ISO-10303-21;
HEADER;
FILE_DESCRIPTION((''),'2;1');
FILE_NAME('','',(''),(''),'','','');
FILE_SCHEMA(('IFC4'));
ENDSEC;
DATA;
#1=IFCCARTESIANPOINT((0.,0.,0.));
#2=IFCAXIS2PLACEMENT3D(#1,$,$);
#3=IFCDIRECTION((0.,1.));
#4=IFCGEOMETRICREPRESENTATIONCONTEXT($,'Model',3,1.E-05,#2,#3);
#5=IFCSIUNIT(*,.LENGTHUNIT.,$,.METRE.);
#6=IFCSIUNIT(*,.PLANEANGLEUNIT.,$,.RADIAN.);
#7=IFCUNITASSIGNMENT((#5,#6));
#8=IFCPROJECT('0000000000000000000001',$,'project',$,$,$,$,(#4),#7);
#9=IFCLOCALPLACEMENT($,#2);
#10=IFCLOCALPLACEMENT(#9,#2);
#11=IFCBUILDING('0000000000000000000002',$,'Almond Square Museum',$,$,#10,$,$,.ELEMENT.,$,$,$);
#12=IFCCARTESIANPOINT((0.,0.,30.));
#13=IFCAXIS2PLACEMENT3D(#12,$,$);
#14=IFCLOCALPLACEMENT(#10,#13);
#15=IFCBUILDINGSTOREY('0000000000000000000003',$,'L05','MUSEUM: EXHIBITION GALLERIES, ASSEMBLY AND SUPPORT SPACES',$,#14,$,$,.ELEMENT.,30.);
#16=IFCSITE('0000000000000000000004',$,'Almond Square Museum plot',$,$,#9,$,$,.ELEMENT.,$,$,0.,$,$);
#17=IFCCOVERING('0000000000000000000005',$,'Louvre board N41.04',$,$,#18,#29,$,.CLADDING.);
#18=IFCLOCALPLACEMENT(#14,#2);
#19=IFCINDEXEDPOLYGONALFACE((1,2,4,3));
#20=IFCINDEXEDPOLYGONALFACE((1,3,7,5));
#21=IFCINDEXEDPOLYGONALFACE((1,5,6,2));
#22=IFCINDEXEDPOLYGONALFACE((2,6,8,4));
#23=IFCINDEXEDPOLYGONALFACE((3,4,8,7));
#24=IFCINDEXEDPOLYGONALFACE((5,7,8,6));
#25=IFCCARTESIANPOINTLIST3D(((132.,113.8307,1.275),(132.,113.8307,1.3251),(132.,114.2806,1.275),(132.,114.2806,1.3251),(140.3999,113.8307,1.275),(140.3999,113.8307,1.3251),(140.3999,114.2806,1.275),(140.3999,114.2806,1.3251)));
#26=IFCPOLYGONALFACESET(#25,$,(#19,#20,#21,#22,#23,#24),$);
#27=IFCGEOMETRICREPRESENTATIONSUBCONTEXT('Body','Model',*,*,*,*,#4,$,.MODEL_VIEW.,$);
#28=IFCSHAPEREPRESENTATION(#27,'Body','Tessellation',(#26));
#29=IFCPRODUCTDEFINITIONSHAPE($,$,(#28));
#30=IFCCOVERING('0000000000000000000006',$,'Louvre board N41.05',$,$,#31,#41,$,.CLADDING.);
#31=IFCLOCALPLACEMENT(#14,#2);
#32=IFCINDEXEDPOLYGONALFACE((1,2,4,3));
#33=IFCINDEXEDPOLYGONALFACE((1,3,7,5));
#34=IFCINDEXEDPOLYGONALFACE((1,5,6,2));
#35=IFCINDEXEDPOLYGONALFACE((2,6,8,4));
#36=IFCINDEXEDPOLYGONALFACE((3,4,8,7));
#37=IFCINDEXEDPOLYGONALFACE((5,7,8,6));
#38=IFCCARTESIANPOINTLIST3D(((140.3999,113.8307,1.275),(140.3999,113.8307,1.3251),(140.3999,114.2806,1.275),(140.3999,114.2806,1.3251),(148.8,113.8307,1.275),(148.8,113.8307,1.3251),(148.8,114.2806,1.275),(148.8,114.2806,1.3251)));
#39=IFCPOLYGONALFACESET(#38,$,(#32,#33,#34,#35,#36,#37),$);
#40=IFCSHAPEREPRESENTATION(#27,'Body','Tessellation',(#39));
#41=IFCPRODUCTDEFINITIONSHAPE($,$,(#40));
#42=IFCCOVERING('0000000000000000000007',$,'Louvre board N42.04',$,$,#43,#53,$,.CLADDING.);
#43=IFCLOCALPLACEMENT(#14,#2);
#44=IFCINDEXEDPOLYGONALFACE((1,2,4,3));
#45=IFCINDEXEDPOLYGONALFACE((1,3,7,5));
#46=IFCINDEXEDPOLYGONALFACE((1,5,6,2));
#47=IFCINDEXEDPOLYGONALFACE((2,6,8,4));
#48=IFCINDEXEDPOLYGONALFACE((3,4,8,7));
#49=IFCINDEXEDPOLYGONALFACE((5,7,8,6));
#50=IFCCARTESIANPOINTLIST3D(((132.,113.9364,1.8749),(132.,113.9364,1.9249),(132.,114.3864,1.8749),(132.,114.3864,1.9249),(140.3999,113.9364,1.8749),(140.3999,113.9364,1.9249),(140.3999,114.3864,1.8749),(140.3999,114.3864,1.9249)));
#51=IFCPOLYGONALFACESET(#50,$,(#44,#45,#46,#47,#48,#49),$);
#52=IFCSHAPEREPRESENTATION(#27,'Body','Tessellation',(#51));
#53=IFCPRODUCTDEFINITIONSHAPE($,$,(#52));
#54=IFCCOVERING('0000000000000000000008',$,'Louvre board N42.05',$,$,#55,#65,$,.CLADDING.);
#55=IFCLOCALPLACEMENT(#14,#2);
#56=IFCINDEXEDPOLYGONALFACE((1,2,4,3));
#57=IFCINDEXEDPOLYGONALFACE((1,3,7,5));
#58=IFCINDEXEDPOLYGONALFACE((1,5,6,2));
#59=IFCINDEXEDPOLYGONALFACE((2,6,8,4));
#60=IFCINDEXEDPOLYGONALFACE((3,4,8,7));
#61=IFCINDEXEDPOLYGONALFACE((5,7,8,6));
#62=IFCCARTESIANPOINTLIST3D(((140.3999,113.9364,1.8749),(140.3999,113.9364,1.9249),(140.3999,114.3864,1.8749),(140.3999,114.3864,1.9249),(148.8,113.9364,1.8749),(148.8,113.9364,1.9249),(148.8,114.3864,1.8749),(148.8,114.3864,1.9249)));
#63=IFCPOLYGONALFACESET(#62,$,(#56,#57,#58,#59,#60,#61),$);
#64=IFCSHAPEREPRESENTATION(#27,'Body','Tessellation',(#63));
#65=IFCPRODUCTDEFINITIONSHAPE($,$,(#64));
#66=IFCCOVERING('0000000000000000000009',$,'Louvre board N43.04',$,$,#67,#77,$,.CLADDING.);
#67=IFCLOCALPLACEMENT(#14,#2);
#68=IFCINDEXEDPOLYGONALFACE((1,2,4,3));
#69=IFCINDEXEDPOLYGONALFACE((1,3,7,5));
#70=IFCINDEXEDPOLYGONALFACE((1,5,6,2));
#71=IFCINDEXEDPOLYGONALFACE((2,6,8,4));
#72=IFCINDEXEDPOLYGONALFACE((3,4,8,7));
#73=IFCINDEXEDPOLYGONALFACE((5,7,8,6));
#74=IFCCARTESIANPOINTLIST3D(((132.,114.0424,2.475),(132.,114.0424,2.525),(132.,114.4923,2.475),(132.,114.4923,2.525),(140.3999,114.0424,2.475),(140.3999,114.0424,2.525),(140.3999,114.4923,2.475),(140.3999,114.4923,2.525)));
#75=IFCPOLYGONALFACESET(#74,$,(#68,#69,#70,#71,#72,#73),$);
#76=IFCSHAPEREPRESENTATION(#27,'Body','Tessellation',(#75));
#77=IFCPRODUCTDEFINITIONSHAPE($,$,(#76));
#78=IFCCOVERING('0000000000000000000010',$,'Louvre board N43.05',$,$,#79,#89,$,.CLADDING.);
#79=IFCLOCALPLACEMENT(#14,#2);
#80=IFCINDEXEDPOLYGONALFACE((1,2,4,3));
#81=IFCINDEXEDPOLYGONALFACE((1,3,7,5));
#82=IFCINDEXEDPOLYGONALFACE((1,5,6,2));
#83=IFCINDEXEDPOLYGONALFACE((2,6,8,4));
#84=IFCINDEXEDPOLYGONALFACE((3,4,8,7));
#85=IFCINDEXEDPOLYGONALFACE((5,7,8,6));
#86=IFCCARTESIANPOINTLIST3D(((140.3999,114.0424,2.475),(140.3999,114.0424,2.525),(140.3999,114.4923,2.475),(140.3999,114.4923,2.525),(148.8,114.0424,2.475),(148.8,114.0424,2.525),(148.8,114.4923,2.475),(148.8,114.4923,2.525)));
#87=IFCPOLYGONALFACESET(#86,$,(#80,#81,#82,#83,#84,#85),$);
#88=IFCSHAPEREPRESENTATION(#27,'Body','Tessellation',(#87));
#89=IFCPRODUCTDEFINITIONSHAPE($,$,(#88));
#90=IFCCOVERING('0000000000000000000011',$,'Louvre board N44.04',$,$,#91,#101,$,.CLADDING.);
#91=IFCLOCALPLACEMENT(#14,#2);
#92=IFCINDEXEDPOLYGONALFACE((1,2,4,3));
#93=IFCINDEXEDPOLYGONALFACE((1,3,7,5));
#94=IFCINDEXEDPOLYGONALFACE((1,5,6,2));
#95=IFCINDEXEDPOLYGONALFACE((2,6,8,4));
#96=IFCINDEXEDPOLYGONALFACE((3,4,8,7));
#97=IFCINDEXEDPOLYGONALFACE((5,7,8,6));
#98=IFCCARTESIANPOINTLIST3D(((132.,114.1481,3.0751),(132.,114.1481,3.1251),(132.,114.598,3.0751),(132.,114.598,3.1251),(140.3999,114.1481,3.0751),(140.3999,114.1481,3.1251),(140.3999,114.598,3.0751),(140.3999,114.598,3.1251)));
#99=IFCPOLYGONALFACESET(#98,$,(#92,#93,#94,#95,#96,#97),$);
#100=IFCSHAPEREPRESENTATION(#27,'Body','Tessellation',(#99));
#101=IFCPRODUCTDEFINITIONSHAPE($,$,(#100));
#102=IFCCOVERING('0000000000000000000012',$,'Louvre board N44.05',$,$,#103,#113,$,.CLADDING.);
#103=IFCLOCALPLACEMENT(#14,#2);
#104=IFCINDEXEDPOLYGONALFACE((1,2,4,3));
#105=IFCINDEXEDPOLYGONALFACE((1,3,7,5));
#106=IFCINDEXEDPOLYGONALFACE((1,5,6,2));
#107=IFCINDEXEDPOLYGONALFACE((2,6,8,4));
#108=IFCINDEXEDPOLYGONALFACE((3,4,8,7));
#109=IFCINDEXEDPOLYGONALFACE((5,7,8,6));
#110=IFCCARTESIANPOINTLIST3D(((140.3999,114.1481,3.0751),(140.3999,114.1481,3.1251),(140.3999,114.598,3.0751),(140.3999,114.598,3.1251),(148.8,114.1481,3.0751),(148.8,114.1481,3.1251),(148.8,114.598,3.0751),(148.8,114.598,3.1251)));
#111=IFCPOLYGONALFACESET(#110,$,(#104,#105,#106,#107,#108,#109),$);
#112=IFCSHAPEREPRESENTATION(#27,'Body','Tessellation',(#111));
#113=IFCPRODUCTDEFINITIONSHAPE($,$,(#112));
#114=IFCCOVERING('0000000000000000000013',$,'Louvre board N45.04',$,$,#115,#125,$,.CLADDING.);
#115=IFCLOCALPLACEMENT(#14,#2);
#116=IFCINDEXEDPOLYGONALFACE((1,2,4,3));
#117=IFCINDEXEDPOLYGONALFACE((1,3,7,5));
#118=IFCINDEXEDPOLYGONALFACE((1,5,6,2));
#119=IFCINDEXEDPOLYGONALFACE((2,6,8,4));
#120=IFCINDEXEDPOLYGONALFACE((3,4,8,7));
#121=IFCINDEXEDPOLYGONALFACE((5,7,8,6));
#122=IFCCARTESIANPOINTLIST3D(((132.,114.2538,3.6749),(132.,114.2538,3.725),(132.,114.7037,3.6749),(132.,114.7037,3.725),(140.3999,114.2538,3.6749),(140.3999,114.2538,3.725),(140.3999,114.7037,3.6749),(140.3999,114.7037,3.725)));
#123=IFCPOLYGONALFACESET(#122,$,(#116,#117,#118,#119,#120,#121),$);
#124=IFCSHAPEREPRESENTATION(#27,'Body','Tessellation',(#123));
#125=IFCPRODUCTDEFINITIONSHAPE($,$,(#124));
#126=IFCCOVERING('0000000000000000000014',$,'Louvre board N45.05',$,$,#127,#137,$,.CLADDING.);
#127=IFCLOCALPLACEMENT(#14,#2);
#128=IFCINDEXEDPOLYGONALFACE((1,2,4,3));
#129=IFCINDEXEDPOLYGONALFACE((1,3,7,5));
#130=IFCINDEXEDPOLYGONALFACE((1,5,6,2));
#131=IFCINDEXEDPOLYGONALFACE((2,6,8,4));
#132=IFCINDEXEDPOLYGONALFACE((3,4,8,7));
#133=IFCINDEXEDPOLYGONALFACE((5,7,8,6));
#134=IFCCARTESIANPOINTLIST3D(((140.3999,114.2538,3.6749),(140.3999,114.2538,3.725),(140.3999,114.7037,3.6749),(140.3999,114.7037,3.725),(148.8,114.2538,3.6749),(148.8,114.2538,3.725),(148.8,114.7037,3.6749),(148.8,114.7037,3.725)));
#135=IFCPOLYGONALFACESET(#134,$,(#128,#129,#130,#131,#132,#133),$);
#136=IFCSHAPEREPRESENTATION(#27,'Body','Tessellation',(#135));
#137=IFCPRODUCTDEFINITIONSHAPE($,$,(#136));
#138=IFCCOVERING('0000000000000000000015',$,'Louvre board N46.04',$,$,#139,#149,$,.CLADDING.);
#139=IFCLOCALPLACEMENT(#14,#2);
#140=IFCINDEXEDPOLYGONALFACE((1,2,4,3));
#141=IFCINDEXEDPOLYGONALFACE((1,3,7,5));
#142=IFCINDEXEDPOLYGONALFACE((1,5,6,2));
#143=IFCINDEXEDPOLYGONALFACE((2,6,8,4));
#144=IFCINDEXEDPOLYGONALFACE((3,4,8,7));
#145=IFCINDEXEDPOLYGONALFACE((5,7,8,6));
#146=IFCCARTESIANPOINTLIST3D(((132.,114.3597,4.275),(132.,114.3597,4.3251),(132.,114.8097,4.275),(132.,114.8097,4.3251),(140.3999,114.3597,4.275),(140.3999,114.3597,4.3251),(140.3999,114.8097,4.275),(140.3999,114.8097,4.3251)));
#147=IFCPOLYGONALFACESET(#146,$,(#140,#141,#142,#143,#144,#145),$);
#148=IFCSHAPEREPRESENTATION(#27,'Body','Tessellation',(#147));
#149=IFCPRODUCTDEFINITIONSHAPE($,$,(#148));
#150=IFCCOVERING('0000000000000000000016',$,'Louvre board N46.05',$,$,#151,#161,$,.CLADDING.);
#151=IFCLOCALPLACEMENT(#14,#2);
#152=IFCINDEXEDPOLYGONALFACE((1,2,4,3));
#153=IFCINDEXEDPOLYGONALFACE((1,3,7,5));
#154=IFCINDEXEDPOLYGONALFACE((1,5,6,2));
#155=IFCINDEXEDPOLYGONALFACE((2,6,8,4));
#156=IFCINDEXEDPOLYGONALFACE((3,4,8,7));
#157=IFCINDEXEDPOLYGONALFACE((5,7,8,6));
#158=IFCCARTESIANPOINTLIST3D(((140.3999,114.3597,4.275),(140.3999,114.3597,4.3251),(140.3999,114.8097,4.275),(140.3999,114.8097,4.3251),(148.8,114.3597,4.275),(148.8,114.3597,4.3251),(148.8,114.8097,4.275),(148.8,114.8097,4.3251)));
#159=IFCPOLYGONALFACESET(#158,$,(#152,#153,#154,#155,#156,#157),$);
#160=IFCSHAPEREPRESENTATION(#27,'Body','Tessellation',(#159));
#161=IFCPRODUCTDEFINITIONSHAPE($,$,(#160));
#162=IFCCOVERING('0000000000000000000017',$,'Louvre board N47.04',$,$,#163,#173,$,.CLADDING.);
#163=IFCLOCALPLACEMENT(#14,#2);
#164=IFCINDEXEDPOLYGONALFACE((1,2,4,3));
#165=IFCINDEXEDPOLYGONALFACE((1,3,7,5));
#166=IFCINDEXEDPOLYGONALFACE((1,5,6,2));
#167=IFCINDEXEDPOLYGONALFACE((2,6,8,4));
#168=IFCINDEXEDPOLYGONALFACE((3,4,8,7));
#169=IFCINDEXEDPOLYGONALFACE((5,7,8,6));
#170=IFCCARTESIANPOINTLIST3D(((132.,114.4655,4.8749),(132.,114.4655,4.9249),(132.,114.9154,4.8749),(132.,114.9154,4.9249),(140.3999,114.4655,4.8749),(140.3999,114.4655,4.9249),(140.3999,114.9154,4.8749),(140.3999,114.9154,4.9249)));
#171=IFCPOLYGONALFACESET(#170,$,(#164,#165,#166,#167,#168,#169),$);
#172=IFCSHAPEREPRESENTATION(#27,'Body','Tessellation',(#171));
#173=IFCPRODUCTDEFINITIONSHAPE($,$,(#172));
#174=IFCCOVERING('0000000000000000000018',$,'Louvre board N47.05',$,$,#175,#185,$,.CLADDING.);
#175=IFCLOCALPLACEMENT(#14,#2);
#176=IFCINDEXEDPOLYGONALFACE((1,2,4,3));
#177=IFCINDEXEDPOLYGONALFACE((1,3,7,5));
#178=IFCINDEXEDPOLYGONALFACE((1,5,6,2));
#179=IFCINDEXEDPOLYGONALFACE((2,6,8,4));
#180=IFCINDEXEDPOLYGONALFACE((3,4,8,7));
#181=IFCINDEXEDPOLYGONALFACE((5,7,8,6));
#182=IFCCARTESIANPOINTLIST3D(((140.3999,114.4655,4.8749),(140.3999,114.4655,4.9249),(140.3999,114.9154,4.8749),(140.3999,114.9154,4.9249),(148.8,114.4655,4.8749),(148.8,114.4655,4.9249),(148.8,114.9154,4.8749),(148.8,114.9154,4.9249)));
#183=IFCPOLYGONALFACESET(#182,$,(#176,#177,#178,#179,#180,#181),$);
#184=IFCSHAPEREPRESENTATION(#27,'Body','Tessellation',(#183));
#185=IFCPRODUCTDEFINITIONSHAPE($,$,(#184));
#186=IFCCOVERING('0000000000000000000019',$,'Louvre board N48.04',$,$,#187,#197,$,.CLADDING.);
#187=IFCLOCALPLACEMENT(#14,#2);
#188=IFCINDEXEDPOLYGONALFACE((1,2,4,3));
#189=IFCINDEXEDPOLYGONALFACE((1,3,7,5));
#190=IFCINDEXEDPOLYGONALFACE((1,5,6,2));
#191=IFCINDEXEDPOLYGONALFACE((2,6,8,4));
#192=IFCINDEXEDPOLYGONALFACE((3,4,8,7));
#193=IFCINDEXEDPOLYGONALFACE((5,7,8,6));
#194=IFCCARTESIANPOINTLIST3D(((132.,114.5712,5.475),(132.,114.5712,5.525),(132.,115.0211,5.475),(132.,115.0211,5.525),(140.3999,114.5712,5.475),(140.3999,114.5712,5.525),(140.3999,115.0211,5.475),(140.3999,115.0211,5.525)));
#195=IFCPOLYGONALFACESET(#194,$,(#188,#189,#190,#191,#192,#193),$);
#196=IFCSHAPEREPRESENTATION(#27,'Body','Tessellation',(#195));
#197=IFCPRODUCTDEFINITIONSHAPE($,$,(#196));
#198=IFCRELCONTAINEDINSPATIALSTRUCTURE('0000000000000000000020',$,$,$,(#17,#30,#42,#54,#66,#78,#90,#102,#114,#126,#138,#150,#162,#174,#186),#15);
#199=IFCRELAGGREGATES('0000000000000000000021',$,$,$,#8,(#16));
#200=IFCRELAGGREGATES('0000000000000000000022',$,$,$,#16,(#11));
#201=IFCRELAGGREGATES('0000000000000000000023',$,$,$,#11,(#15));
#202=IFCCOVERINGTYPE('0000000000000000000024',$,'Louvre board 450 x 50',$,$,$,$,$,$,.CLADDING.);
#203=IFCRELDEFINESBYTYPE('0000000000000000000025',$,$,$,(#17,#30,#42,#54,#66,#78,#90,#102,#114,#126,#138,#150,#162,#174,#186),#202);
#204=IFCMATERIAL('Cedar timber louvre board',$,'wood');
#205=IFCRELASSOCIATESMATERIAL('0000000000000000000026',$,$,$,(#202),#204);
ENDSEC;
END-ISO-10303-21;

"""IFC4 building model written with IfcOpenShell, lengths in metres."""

from ifc_helpers import new_model, si_unit, direction, frame, origin, origin_2d, place, context, subcontext, project, spatial, rectangle, extrude, material, material_profile, profile_set, type_object, element, save


model = new_model("IFC4")

# Units and contexts
model_context = context("Model", 3, precision=1e-05, world=origin(), true_north=direction((0.0, 1.0)))
body_context = subcontext(model_context, "Body", "Model", "MODEL_VIEW")
ifc_project = project(units=[si_unit("LENGTHUNIT", "METRE"), si_unit("PLANEANGLEUNIT", "RADIAN")], contexts=[model_context])

# Site, building, storey
site_placement = place(None, origin())
site = spatial("IfcSite", under=ifc_project, at=site_placement, Name="Almond Square Museum plot", CompositionType="ELEMENT", RefElevation=0.0)
building_placement = place(site_placement, origin())
building = spatial("IfcBuilding", under=site, at=building_placement, Name="Almond Square Museum", CompositionType="ELEMENT")
storey_placement = place(building_placement, frame((0.0, 0.0, 30.0)))
storey = spatial("IfcBuildingStorey", under=building, at=storey_placement, Name="L05", Description="MUSEUM: EXHIBITION GALLERIES, ASSEMBLY AND SUPPORT SPACES", CompositionType="ELEMENT", Elevation=30.0)

# Coverings
ifc_material_1 = material(Name="Cedar timber louvre board", Category="wood")
ifc_material_profile_1 = material_profile(ifc_material_1, rectangle(XDim=0.45, YDim=0.05, at=origin_2d()))
ifc_profile_set_1 = profile_set([ifc_material_profile_1], Name="Cedar timber louvre board")
covering_type_1 = type_object("IfcCoveringType", Name="Louvre board 450 x 50", PredefinedType="CLADDING", material=ifc_profile_set_1)
covering_1_placement = place(storey_placement, frame((132.0, 114.0557, 1.3), z_axis=(1.0, 0.0, 0.0), x_axis=(0.0, 1.0, 0.0)))
element("IfcCovering", 1, at=covering_1_placement, inside=storey, type_object=covering_type_1, Name="Louvre board N41.04", PredefinedType="CLADDING", context=body_context, shape_type="SweptSolid", body=[
    extrude(rectangle(XDim=0.45, YDim=0.05, at=origin_2d()), origin(), (0.0, 0.0, 1.0), 8.3999),
])
covering_2_placement = place(storey_placement, frame((140.3999, 114.0557, 1.3), z_axis=(1.0, 0.0, 0.0), x_axis=(0.0, 1.0, 0.0)))
element("IfcCovering", 2, at=covering_2_placement, inside=storey, type_object=covering_type_1, Name="Louvre board N41.05", PredefinedType="CLADDING", context=body_context, shape_type="SweptSolid", body=[
    extrude(rectangle(XDim=0.45, YDim=0.05, at=origin_2d()), origin(), (0.0, 0.0, 1.0), 8.4001),
])
covering_3_placement = place(storey_placement, frame((132.0, 114.1614, 1.8999), z_axis=(1.0, 0.0, 0.0), x_axis=(0.0, 1.0, 0.0)))
element("IfcCovering", 3, at=covering_3_placement, inside=storey, type_object=covering_type_1, Name="Louvre board N42.04", PredefinedType="CLADDING", context=body_context, shape_type="SweptSolid", body=[
    extrude(rectangle(XDim=0.45, YDim=0.05, at=origin_2d()), origin(), (0.0, 0.0, 1.0), 8.3999),
])
covering_4_placement = place(storey_placement, frame((140.3999, 114.1614, 1.8999), z_axis=(1.0, 0.0, 0.0), x_axis=(0.0, 1.0, 0.0)))
element("IfcCovering", 4, at=covering_4_placement, inside=storey, type_object=covering_type_1, Name="Louvre board N42.05", PredefinedType="CLADDING", context=body_context, shape_type="SweptSolid", body=[
    extrude(rectangle(XDim=0.45, YDim=0.05, at=origin_2d()), origin(), (0.0, 0.0, 1.0), 8.4001),
])
covering_5_placement = place(storey_placement, frame((132.0, 114.2673, 2.5), z_axis=(1.0, 0.0, 0.0), x_axis=(0.0, 1.0, 0.0)))
element("IfcCovering", 5, at=covering_5_placement, inside=storey, type_object=covering_type_1, Name="Louvre board N43.04", PredefinedType="CLADDING", context=body_context, shape_type="SweptSolid", body=[
    extrude(rectangle(XDim=0.45, YDim=0.05, at=origin_2d()), origin(), (0.0, 0.0, 1.0), 8.3999),
])
covering_6_placement = place(storey_placement, frame((140.3999, 114.2673, 2.5), z_axis=(1.0, 0.0, 0.0), x_axis=(0.0, 1.0, 0.0)))
element("IfcCovering", 6, at=covering_6_placement, inside=storey, type_object=covering_type_1, Name="Louvre board N43.05", PredefinedType="CLADDING", context=body_context, shape_type="SweptSolid", body=[
    extrude(rectangle(XDim=0.45, YDim=0.05, at=origin_2d()), origin(), (0.0, 0.0, 1.0), 8.4001),
])
covering_7_placement = place(storey_placement, frame((132.0, 114.373, 3.1001), z_axis=(1.0, 0.0, 0.0), x_axis=(0.0, 1.0, 0.0)))
element("IfcCovering", 7, at=covering_7_placement, inside=storey, type_object=covering_type_1, Name="Louvre board N44.04", PredefinedType="CLADDING", context=body_context, shape_type="SweptSolid", body=[
    extrude(rectangle(XDim=0.45, YDim=0.05, at=origin_2d()), origin(), (0.0, 0.0, 1.0), 8.3999),
])
covering_8_placement = place(storey_placement, frame((140.3999, 114.373, 3.1001), z_axis=(1.0, 0.0, 0.0), x_axis=(0.0, 1.0, 0.0)))
element("IfcCovering", 8, at=covering_8_placement, inside=storey, type_object=covering_type_1, Name="Louvre board N44.05", PredefinedType="CLADDING", context=body_context, shape_type="SweptSolid", body=[
    extrude(rectangle(XDim=0.45, YDim=0.05, at=origin_2d()), origin(), (0.0, 0.0, 1.0), 8.4001),
])
covering_9_placement = place(storey_placement, frame((132.0, 114.4788, 3.7), z_axis=(1.0, 0.0, 0.0), x_axis=(0.0, 1.0, 0.0)))
element("IfcCovering", 9, at=covering_9_placement, inside=storey, type_object=covering_type_1, Name="Louvre board N45.04", PredefinedType="CLADDING", context=body_context, shape_type="SweptSolid", body=[
    extrude(rectangle(XDim=0.45, YDim=0.05, at=origin_2d()), origin(), (0.0, 0.0, 1.0), 8.3999),
])
covering_10_placement = place(storey_placement, frame((140.3999, 114.4788, 3.7), z_axis=(1.0, 0.0, 0.0), x_axis=(0.0, 1.0, 0.0)))
element("IfcCovering", 10, at=covering_10_placement, inside=storey, type_object=covering_type_1, Name="Louvre board N45.05", PredefinedType="CLADDING", context=body_context, shape_type="SweptSolid", body=[
    extrude(rectangle(XDim=0.45, YDim=0.05, at=origin_2d()), origin(), (0.0, 0.0, 1.0), 8.4001),
])
covering_11_placement = place(storey_placement, frame((132.0, 114.5847, 4.3), z_axis=(1.0, 0.0, 0.0), x_axis=(0.0, 1.0, 0.0)))
element("IfcCovering", 11, at=covering_11_placement, inside=storey, type_object=covering_type_1, Name="Louvre board N46.04", PredefinedType="CLADDING", context=body_context, shape_type="SweptSolid", body=[
    extrude(rectangle(XDim=0.45, YDim=0.05, at=origin_2d()), origin(), (0.0, 0.0, 1.0), 8.3999),
])
covering_12_placement = place(storey_placement, frame((140.3999, 114.5847, 4.3), z_axis=(1.0, 0.0, 0.0), x_axis=(0.0, 1.0, 0.0)))
element("IfcCovering", 12, at=covering_12_placement, inside=storey, type_object=covering_type_1, Name="Louvre board N46.05", PredefinedType="CLADDING", context=body_context, shape_type="SweptSolid", body=[
    extrude(rectangle(XDim=0.45, YDim=0.05, at=origin_2d()), origin(), (0.0, 0.0, 1.0), 8.4001),
])
covering_13_placement = place(storey_placement, frame((132.0, 114.6904, 4.8999), z_axis=(1.0, 0.0, 0.0), x_axis=(0.0, 1.0, 0.0)))
element("IfcCovering", 13, at=covering_13_placement, inside=storey, type_object=covering_type_1, Name="Louvre board N47.04", PredefinedType="CLADDING", context=body_context, shape_type="SweptSolid", body=[
    extrude(rectangle(XDim=0.45, YDim=0.05, at=origin_2d()), origin(), (0.0, 0.0, 1.0), 8.3999),
])
covering_14_placement = place(storey_placement, frame((140.3999, 114.6904, 4.8999), z_axis=(1.0, 0.0, 0.0), x_axis=(0.0, 1.0, 0.0)))
element("IfcCovering", 14, at=covering_14_placement, inside=storey, type_object=covering_type_1, Name="Louvre board N47.05", PredefinedType="CLADDING", context=body_context, shape_type="SweptSolid", body=[
    extrude(rectangle(XDim=0.45, YDim=0.05, at=origin_2d()), origin(), (0.0, 0.0, 1.0), 8.4001),
])
covering_15_placement = place(storey_placement, frame((132.0, 114.7961, 5.5), z_axis=(1.0, 0.0, 0.0), x_axis=(0.0, 1.0, 0.0)))
element("IfcCovering", 15, at=covering_15_placement, inside=storey, type_object=covering_type_1, Name="Louvre board N48.04", PredefinedType="CLADDING", context=body_context, shape_type="SweptSolid", body=[
    extrude(rectangle(XDim=0.45, YDim=0.05, at=origin_2d()), origin(), (0.0, 0.0, 1.0), 8.3999),
])

save(model, "model.ifc")
